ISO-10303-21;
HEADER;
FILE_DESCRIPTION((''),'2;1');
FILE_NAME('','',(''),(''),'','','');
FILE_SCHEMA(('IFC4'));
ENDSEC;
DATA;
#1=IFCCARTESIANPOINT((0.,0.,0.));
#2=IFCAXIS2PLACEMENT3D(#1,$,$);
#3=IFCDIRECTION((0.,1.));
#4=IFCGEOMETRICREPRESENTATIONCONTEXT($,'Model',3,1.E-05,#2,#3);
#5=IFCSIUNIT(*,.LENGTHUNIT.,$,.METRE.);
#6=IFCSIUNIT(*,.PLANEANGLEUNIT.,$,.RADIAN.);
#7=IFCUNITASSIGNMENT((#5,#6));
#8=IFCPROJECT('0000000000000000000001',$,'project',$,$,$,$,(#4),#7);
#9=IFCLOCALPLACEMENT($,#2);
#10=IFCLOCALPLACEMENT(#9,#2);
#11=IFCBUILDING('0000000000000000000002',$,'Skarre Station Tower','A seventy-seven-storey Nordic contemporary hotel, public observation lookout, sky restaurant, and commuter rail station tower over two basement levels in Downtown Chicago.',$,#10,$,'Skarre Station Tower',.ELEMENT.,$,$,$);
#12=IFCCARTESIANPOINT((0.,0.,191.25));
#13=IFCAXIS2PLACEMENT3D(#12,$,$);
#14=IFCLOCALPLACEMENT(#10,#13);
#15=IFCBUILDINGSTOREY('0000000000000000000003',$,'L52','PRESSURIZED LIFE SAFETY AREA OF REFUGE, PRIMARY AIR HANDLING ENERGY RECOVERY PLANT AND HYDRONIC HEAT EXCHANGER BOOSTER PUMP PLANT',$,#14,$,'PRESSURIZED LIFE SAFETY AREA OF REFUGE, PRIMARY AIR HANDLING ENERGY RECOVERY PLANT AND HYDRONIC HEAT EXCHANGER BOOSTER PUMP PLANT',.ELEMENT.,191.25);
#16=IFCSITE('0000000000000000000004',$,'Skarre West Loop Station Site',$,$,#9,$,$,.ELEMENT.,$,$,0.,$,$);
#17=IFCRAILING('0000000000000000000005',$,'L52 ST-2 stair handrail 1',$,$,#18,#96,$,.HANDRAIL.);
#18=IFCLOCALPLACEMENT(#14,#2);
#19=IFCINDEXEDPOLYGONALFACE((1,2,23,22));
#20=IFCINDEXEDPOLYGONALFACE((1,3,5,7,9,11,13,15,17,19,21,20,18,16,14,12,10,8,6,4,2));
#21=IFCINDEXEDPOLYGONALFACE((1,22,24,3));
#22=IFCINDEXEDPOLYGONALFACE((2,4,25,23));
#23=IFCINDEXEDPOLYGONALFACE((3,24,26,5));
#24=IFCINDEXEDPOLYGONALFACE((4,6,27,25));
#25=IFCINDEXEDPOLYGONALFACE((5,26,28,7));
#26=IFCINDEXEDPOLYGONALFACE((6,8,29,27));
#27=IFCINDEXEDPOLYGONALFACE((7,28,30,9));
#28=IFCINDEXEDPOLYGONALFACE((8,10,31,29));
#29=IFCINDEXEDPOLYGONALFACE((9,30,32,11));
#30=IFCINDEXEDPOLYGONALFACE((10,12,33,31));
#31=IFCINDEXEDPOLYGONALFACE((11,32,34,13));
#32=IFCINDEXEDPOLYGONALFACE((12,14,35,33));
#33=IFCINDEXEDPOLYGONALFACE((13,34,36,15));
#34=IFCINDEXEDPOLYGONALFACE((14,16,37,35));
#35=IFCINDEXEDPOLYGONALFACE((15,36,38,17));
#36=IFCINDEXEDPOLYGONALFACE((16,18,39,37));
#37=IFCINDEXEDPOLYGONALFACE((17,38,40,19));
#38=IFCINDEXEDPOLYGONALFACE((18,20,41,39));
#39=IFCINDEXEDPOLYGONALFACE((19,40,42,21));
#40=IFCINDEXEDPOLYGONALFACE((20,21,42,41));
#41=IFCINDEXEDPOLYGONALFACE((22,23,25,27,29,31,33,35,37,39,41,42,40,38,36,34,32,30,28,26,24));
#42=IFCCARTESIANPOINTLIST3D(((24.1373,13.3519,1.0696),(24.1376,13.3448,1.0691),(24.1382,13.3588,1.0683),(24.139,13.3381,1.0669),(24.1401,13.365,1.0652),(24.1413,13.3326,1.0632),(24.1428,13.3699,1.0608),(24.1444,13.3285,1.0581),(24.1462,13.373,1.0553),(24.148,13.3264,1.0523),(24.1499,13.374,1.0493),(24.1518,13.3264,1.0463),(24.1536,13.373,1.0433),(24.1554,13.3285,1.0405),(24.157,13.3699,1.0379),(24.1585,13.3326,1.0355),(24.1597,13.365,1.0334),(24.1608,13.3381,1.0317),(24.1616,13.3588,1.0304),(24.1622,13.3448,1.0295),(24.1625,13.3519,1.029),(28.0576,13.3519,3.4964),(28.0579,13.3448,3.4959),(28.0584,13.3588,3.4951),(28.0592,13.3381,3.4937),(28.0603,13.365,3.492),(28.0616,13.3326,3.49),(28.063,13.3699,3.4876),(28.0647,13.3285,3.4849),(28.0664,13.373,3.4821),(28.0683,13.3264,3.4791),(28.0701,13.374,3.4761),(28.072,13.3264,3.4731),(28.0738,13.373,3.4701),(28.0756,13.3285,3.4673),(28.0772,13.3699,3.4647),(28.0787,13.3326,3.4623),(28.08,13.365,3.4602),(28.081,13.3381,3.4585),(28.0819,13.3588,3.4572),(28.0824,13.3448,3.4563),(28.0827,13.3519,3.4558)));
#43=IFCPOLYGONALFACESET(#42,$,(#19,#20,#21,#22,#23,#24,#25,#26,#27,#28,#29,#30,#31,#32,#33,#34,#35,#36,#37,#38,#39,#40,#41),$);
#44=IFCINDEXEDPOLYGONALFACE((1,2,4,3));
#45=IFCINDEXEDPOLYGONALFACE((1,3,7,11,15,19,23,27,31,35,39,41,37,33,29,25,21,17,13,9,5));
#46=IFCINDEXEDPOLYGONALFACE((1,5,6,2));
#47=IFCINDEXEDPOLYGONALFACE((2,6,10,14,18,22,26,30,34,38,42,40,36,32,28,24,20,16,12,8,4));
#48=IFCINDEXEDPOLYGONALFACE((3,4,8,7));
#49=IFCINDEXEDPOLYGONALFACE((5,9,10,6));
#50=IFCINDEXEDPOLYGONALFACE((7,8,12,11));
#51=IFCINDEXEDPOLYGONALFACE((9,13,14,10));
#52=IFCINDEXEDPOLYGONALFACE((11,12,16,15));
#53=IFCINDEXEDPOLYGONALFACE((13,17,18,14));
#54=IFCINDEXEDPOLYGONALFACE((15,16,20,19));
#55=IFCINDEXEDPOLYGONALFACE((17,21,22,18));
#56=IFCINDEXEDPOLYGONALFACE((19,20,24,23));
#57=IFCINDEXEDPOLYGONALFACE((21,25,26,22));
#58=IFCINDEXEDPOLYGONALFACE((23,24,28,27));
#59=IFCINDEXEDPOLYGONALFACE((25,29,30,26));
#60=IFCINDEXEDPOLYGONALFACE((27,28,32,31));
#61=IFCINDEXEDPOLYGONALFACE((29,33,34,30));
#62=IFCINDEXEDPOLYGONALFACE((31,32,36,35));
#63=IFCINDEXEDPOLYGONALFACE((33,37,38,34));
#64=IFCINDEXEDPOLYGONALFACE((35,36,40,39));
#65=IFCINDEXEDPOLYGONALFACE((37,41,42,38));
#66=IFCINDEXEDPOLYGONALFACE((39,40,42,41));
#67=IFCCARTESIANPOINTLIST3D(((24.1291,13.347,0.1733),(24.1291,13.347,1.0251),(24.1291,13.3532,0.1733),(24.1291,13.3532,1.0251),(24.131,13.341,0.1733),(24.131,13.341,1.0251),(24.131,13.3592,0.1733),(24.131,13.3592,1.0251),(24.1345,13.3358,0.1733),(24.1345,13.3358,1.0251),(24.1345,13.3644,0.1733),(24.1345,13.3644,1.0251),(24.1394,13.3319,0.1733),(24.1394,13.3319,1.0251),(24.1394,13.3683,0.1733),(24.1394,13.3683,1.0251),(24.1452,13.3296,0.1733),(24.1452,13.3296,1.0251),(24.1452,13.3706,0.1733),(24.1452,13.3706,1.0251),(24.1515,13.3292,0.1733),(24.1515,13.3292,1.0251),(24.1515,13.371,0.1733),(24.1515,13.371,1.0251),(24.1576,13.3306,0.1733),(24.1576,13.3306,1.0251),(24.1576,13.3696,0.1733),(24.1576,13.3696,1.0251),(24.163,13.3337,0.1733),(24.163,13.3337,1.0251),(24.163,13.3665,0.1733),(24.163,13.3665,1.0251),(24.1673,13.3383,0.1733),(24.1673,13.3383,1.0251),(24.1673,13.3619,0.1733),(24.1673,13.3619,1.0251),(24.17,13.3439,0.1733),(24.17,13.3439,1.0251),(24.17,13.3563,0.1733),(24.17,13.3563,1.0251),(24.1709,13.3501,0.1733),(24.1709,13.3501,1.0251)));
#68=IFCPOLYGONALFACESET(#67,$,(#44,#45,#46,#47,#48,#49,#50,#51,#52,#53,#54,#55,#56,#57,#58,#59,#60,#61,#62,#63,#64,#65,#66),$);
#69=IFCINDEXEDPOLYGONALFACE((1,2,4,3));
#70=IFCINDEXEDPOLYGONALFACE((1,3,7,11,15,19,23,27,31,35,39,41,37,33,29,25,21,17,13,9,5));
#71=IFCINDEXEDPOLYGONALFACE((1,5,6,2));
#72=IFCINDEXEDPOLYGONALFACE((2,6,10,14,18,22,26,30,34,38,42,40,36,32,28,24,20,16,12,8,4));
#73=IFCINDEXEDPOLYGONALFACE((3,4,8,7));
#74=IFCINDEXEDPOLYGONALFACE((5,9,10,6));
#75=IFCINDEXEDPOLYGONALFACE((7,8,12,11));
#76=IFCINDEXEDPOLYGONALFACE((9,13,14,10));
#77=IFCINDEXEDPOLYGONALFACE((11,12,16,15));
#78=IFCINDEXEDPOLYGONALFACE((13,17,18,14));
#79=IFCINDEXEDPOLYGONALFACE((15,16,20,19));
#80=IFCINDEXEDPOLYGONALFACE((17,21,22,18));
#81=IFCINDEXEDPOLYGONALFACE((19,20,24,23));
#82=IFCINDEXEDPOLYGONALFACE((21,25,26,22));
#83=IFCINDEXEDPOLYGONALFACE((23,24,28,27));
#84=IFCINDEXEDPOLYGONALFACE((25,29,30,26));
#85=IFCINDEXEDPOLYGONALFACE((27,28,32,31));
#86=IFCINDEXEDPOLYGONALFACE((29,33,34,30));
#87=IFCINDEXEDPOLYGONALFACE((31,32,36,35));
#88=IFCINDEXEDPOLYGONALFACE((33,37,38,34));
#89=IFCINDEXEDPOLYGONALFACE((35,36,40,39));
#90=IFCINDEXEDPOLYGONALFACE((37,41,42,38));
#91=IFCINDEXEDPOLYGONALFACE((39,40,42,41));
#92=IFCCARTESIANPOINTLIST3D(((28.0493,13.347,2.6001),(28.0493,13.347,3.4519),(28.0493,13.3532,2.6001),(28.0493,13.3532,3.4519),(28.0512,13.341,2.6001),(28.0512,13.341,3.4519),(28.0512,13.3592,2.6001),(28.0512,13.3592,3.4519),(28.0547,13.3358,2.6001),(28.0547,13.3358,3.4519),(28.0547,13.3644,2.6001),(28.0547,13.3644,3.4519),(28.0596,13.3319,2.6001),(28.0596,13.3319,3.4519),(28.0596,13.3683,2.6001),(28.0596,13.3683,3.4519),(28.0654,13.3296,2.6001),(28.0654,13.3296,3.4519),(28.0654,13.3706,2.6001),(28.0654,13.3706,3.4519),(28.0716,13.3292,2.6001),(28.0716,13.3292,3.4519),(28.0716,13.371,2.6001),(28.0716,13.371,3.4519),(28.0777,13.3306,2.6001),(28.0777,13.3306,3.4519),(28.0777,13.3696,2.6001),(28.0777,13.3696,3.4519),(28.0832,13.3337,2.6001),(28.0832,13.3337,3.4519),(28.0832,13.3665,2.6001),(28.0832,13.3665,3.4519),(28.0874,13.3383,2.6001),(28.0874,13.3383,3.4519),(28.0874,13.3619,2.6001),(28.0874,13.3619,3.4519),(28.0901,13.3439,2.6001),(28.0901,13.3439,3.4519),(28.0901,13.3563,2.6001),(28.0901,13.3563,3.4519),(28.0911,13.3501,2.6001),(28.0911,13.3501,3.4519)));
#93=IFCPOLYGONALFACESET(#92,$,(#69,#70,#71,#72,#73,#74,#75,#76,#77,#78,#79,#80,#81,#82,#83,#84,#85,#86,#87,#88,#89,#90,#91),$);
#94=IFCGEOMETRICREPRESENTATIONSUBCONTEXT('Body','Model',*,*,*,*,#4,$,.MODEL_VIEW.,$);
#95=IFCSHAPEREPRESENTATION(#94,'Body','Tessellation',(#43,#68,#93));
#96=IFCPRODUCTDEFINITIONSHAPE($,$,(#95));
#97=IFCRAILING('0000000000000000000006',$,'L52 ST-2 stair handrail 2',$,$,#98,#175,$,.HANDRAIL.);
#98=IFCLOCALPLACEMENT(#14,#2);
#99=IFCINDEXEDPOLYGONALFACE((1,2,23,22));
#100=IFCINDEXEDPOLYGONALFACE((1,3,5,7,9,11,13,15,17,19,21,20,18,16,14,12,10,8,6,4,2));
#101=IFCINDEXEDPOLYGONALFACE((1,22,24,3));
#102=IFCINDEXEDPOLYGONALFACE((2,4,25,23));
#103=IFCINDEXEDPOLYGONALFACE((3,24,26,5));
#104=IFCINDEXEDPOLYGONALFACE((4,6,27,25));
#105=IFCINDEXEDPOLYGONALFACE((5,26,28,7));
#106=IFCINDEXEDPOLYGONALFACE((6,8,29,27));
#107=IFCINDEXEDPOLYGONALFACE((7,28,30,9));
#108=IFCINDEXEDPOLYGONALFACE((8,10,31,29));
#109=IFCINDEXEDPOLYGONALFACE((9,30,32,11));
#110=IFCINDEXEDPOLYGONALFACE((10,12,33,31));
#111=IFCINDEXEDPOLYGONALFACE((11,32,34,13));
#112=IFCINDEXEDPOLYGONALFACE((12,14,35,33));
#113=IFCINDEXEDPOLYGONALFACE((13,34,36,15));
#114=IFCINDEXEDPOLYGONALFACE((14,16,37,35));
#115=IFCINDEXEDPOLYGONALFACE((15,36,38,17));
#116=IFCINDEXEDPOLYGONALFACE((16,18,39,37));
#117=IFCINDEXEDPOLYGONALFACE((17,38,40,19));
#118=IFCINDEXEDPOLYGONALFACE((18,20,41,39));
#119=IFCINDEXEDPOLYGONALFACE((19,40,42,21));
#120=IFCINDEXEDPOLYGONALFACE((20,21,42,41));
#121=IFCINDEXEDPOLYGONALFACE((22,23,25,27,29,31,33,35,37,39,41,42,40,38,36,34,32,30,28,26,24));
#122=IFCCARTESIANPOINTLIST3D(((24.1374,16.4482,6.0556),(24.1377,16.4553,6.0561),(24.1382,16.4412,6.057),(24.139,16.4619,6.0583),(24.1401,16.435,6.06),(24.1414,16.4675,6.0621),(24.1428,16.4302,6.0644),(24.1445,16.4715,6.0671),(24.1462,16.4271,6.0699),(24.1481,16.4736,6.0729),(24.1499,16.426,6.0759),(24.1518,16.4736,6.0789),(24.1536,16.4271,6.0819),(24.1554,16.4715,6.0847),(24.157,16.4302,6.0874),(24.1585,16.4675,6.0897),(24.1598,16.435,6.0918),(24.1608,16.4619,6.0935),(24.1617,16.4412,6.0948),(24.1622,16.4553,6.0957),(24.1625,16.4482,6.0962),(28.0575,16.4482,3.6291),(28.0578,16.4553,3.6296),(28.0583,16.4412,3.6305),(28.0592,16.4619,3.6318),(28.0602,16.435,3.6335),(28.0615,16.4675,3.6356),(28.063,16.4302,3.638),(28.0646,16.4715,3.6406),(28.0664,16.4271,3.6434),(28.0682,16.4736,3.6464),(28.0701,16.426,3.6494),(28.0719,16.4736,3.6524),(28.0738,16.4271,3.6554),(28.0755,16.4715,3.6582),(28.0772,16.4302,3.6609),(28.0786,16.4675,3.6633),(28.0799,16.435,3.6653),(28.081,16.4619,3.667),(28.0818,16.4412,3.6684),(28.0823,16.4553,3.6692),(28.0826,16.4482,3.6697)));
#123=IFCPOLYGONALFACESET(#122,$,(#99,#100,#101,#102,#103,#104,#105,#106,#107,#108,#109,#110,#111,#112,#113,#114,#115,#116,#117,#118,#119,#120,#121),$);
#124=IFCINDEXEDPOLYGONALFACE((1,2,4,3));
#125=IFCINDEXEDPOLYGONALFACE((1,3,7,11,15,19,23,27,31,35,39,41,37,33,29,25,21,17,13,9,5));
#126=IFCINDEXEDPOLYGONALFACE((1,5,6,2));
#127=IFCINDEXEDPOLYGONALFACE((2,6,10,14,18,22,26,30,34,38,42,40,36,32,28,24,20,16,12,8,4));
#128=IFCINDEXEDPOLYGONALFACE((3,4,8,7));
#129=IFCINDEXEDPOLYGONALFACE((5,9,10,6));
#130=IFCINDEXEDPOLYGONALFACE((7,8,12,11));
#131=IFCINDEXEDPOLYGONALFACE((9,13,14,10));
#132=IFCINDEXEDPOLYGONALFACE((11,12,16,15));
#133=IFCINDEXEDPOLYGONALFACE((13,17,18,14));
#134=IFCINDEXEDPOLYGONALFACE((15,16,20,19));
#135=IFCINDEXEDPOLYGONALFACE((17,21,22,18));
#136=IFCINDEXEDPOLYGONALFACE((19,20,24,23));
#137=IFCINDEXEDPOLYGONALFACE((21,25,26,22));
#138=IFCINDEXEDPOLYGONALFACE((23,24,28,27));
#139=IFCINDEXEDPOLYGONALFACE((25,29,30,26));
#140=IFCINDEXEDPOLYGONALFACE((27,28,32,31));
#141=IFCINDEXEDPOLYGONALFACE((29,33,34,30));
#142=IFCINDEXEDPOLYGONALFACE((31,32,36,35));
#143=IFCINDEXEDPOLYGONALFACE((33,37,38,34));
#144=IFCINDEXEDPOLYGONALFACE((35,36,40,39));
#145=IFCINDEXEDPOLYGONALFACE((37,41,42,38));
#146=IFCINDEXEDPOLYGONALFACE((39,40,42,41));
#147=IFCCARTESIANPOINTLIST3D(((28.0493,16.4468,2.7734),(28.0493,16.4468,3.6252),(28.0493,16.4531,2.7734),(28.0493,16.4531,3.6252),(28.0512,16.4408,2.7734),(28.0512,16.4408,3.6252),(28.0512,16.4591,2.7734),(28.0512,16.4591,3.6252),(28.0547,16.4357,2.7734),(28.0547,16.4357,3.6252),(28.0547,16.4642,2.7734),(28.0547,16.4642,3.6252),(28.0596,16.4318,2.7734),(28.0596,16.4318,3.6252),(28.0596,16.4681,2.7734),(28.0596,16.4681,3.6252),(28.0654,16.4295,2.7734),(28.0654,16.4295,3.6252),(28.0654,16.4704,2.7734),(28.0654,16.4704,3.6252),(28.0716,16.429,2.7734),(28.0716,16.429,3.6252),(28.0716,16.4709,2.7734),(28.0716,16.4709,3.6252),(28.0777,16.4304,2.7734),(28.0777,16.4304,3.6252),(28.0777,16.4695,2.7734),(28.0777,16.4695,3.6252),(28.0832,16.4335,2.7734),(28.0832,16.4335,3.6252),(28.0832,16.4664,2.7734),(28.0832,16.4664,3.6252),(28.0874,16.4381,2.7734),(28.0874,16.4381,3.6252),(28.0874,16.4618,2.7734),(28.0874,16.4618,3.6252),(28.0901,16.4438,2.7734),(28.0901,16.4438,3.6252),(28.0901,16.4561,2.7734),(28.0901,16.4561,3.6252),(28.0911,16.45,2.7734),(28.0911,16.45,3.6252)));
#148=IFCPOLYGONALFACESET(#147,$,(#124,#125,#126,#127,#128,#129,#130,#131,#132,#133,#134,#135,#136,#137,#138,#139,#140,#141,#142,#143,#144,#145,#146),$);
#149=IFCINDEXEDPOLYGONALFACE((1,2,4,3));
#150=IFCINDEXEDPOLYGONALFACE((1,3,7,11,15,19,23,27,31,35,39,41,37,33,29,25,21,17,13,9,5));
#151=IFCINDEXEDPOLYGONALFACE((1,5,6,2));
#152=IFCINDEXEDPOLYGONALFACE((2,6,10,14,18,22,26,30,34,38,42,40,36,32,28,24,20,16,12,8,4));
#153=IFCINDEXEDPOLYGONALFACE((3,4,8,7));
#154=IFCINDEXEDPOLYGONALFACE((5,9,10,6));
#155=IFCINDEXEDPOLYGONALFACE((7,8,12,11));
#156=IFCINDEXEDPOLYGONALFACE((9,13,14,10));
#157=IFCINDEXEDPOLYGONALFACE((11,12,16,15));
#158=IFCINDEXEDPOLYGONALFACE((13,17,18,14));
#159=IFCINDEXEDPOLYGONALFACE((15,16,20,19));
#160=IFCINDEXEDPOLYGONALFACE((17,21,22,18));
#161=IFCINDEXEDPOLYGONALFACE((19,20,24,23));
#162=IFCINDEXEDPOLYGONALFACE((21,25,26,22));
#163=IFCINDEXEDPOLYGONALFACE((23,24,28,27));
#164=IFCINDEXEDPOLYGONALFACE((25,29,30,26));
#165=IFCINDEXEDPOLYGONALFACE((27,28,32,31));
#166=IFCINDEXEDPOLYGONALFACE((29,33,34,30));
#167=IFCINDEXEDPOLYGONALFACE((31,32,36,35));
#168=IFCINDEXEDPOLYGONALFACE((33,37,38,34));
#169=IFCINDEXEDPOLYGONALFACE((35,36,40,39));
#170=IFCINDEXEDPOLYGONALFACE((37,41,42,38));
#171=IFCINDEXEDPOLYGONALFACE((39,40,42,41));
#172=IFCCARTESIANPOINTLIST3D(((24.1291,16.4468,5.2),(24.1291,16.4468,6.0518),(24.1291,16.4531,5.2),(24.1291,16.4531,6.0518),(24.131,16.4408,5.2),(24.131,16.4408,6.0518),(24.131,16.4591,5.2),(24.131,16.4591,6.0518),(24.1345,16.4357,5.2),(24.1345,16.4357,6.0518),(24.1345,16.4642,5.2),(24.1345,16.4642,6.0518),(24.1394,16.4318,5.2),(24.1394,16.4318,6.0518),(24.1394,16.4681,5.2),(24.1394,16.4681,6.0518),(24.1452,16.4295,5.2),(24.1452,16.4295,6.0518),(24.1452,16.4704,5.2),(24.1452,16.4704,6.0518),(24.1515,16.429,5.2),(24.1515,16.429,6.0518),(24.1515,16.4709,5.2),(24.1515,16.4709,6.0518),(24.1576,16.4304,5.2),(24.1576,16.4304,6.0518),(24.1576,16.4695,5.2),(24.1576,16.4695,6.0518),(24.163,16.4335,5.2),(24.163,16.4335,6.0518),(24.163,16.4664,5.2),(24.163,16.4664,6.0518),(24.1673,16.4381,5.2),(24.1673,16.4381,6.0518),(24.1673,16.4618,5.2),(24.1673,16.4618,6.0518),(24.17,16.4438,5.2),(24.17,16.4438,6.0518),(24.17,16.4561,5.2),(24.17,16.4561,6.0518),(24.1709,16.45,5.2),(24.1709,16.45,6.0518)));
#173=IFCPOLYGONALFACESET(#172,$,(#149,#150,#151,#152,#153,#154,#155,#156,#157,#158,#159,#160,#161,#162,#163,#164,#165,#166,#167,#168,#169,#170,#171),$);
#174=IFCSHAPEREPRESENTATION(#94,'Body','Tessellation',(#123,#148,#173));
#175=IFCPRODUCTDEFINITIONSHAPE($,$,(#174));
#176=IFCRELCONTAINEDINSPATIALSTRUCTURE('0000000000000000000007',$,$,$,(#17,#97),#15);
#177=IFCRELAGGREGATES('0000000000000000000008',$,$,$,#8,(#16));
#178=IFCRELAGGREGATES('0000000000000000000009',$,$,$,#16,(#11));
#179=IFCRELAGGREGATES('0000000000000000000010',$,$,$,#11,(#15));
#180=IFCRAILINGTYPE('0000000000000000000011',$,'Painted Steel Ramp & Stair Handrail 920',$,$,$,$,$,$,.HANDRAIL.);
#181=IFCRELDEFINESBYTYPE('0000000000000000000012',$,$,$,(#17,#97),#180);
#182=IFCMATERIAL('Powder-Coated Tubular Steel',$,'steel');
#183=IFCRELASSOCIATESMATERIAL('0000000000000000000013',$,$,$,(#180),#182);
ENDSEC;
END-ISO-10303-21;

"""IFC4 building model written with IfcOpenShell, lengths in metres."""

from ifc_helpers import new_model, si_unit, direction, frame, origin, origin_2d, place, context, subcontext, project, spatial, circle, extrude, material, type_object, element, save


model = new_model("IFC4")

# Units and contexts
model_context = context("Model", 3, precision=1e-05, world=origin(), true_north=direction((0.0, 1.0)))
body_context = subcontext(model_context, "Body", "Model", "MODEL_VIEW")
ifc_project = project(units=[si_unit("LENGTHUNIT", "METRE"), si_unit("PLANEANGLEUNIT", "RADIAN")], contexts=[model_context])

# Site, building, storey
site_placement = place(None, origin())
site = spatial("IfcSite", under=ifc_project, at=site_placement, Name="Skarre West Loop Station Site", CompositionType="ELEMENT", RefElevation=0.0)
building_placement = place(site_placement, origin())
building = spatial("IfcBuilding", under=site, at=building_placement, Name="Skarre Station Tower", Description="A seventy-seven-storey Nordic contemporary hotel, public observation lookout, sky restaurant, and commuter rail station tower over two basement levels in Downtown Chicago.", LongName="Skarre Station Tower", CompositionType="ELEMENT")
storey_placement = place(building_placement, frame((0.0, 0.0, 191.25)))
storey = spatial("IfcBuildingStorey", under=building, at=storey_placement, Name="L52", Description="PRESSURIZED LIFE SAFETY AREA OF REFUGE, PRIMARY AIR HANDLING ENERGY RECOVERY PLANT AND HYDRONIC HEAT EXCHANGER BOOSTER PUMP PLANT", LongName="PRESSURIZED LIFE SAFETY AREA OF REFUGE, PRIMARY AIR HANDLING ENERGY RECOVERY PLANT AND HYDRONIC HEAT EXCHANGER BOOSTER PUMP PLANT", CompositionType="ELEMENT", Elevation=191.25)

# Railings
ifc_material_1 = material(Name="Powder-Coated Tubular Steel", Category="steel")
railing_type_1 = type_object("IfcRailingType", Name="Painted Steel Ramp & Stair Handrail 920", PredefinedType="HANDRAIL", material=ifc_material_1)
railing_1_placement = place(storey_placement, frame((24.1499, 13.3501, 0.1733)))
element("IfcRailing", 1, at=railing_1_placement, inside=storey, type_object=railing_type_1, Name="L52 ST-2 stair handrail 1", PredefinedType="HANDRAIL", context=body_context, shape_type="SweptSolid", body=[
    extrude(circle(Radius=0.0239, at=origin_2d()), frame((0.0, 0.0, 0.876), z_axis=(0.850266, 0.0, 0.526353), x_axis=(0.0, 1.0, 0.0)), (0.0, 0.0, 1.0), 4.6106),
    extrude(circle(Radius=0.021, at=origin_2d()), origin(), (0.0, 0.0, 1.0), 0.8518),
    extrude(circle(Radius=0.021, at=origin_2d()), frame((3.9202, 0.0, 2.4268)), (0.0, 0.0, 1.0), 0.8518),
])
railing_2_placement = place(storey_placement, frame((28.0701, 16.45, 2.7734)))
element("IfcRailing", 2, at=railing_2_placement, inside=storey, type_object=railing_type_1, Name="L52 ST-2 stair handrail 2", PredefinedType="HANDRAIL", context=body_context, shape_type="SweptSolid", body=[
    extrude(circle(Radius=0.0239, at=origin_2d()), frame((0.0, 0.0, 0.876), z_axis=(-0.85029, 0.0, 0.526315), x_axis=(0.0, -1.0, 0.0)), (0.0, 0.0, 1.0), 4.6104),
    extrude(circle(Radius=0.021, at=origin_2d()), origin(), (0.0, 0.0, 1.0), 0.8518),
    extrude(circle(Radius=0.021, at=origin_2d()), frame((-3.9202, 0.0, 2.4265)), (0.0, 0.0, 1.0), 0.8518),
])

save(model, "model.ifc")
